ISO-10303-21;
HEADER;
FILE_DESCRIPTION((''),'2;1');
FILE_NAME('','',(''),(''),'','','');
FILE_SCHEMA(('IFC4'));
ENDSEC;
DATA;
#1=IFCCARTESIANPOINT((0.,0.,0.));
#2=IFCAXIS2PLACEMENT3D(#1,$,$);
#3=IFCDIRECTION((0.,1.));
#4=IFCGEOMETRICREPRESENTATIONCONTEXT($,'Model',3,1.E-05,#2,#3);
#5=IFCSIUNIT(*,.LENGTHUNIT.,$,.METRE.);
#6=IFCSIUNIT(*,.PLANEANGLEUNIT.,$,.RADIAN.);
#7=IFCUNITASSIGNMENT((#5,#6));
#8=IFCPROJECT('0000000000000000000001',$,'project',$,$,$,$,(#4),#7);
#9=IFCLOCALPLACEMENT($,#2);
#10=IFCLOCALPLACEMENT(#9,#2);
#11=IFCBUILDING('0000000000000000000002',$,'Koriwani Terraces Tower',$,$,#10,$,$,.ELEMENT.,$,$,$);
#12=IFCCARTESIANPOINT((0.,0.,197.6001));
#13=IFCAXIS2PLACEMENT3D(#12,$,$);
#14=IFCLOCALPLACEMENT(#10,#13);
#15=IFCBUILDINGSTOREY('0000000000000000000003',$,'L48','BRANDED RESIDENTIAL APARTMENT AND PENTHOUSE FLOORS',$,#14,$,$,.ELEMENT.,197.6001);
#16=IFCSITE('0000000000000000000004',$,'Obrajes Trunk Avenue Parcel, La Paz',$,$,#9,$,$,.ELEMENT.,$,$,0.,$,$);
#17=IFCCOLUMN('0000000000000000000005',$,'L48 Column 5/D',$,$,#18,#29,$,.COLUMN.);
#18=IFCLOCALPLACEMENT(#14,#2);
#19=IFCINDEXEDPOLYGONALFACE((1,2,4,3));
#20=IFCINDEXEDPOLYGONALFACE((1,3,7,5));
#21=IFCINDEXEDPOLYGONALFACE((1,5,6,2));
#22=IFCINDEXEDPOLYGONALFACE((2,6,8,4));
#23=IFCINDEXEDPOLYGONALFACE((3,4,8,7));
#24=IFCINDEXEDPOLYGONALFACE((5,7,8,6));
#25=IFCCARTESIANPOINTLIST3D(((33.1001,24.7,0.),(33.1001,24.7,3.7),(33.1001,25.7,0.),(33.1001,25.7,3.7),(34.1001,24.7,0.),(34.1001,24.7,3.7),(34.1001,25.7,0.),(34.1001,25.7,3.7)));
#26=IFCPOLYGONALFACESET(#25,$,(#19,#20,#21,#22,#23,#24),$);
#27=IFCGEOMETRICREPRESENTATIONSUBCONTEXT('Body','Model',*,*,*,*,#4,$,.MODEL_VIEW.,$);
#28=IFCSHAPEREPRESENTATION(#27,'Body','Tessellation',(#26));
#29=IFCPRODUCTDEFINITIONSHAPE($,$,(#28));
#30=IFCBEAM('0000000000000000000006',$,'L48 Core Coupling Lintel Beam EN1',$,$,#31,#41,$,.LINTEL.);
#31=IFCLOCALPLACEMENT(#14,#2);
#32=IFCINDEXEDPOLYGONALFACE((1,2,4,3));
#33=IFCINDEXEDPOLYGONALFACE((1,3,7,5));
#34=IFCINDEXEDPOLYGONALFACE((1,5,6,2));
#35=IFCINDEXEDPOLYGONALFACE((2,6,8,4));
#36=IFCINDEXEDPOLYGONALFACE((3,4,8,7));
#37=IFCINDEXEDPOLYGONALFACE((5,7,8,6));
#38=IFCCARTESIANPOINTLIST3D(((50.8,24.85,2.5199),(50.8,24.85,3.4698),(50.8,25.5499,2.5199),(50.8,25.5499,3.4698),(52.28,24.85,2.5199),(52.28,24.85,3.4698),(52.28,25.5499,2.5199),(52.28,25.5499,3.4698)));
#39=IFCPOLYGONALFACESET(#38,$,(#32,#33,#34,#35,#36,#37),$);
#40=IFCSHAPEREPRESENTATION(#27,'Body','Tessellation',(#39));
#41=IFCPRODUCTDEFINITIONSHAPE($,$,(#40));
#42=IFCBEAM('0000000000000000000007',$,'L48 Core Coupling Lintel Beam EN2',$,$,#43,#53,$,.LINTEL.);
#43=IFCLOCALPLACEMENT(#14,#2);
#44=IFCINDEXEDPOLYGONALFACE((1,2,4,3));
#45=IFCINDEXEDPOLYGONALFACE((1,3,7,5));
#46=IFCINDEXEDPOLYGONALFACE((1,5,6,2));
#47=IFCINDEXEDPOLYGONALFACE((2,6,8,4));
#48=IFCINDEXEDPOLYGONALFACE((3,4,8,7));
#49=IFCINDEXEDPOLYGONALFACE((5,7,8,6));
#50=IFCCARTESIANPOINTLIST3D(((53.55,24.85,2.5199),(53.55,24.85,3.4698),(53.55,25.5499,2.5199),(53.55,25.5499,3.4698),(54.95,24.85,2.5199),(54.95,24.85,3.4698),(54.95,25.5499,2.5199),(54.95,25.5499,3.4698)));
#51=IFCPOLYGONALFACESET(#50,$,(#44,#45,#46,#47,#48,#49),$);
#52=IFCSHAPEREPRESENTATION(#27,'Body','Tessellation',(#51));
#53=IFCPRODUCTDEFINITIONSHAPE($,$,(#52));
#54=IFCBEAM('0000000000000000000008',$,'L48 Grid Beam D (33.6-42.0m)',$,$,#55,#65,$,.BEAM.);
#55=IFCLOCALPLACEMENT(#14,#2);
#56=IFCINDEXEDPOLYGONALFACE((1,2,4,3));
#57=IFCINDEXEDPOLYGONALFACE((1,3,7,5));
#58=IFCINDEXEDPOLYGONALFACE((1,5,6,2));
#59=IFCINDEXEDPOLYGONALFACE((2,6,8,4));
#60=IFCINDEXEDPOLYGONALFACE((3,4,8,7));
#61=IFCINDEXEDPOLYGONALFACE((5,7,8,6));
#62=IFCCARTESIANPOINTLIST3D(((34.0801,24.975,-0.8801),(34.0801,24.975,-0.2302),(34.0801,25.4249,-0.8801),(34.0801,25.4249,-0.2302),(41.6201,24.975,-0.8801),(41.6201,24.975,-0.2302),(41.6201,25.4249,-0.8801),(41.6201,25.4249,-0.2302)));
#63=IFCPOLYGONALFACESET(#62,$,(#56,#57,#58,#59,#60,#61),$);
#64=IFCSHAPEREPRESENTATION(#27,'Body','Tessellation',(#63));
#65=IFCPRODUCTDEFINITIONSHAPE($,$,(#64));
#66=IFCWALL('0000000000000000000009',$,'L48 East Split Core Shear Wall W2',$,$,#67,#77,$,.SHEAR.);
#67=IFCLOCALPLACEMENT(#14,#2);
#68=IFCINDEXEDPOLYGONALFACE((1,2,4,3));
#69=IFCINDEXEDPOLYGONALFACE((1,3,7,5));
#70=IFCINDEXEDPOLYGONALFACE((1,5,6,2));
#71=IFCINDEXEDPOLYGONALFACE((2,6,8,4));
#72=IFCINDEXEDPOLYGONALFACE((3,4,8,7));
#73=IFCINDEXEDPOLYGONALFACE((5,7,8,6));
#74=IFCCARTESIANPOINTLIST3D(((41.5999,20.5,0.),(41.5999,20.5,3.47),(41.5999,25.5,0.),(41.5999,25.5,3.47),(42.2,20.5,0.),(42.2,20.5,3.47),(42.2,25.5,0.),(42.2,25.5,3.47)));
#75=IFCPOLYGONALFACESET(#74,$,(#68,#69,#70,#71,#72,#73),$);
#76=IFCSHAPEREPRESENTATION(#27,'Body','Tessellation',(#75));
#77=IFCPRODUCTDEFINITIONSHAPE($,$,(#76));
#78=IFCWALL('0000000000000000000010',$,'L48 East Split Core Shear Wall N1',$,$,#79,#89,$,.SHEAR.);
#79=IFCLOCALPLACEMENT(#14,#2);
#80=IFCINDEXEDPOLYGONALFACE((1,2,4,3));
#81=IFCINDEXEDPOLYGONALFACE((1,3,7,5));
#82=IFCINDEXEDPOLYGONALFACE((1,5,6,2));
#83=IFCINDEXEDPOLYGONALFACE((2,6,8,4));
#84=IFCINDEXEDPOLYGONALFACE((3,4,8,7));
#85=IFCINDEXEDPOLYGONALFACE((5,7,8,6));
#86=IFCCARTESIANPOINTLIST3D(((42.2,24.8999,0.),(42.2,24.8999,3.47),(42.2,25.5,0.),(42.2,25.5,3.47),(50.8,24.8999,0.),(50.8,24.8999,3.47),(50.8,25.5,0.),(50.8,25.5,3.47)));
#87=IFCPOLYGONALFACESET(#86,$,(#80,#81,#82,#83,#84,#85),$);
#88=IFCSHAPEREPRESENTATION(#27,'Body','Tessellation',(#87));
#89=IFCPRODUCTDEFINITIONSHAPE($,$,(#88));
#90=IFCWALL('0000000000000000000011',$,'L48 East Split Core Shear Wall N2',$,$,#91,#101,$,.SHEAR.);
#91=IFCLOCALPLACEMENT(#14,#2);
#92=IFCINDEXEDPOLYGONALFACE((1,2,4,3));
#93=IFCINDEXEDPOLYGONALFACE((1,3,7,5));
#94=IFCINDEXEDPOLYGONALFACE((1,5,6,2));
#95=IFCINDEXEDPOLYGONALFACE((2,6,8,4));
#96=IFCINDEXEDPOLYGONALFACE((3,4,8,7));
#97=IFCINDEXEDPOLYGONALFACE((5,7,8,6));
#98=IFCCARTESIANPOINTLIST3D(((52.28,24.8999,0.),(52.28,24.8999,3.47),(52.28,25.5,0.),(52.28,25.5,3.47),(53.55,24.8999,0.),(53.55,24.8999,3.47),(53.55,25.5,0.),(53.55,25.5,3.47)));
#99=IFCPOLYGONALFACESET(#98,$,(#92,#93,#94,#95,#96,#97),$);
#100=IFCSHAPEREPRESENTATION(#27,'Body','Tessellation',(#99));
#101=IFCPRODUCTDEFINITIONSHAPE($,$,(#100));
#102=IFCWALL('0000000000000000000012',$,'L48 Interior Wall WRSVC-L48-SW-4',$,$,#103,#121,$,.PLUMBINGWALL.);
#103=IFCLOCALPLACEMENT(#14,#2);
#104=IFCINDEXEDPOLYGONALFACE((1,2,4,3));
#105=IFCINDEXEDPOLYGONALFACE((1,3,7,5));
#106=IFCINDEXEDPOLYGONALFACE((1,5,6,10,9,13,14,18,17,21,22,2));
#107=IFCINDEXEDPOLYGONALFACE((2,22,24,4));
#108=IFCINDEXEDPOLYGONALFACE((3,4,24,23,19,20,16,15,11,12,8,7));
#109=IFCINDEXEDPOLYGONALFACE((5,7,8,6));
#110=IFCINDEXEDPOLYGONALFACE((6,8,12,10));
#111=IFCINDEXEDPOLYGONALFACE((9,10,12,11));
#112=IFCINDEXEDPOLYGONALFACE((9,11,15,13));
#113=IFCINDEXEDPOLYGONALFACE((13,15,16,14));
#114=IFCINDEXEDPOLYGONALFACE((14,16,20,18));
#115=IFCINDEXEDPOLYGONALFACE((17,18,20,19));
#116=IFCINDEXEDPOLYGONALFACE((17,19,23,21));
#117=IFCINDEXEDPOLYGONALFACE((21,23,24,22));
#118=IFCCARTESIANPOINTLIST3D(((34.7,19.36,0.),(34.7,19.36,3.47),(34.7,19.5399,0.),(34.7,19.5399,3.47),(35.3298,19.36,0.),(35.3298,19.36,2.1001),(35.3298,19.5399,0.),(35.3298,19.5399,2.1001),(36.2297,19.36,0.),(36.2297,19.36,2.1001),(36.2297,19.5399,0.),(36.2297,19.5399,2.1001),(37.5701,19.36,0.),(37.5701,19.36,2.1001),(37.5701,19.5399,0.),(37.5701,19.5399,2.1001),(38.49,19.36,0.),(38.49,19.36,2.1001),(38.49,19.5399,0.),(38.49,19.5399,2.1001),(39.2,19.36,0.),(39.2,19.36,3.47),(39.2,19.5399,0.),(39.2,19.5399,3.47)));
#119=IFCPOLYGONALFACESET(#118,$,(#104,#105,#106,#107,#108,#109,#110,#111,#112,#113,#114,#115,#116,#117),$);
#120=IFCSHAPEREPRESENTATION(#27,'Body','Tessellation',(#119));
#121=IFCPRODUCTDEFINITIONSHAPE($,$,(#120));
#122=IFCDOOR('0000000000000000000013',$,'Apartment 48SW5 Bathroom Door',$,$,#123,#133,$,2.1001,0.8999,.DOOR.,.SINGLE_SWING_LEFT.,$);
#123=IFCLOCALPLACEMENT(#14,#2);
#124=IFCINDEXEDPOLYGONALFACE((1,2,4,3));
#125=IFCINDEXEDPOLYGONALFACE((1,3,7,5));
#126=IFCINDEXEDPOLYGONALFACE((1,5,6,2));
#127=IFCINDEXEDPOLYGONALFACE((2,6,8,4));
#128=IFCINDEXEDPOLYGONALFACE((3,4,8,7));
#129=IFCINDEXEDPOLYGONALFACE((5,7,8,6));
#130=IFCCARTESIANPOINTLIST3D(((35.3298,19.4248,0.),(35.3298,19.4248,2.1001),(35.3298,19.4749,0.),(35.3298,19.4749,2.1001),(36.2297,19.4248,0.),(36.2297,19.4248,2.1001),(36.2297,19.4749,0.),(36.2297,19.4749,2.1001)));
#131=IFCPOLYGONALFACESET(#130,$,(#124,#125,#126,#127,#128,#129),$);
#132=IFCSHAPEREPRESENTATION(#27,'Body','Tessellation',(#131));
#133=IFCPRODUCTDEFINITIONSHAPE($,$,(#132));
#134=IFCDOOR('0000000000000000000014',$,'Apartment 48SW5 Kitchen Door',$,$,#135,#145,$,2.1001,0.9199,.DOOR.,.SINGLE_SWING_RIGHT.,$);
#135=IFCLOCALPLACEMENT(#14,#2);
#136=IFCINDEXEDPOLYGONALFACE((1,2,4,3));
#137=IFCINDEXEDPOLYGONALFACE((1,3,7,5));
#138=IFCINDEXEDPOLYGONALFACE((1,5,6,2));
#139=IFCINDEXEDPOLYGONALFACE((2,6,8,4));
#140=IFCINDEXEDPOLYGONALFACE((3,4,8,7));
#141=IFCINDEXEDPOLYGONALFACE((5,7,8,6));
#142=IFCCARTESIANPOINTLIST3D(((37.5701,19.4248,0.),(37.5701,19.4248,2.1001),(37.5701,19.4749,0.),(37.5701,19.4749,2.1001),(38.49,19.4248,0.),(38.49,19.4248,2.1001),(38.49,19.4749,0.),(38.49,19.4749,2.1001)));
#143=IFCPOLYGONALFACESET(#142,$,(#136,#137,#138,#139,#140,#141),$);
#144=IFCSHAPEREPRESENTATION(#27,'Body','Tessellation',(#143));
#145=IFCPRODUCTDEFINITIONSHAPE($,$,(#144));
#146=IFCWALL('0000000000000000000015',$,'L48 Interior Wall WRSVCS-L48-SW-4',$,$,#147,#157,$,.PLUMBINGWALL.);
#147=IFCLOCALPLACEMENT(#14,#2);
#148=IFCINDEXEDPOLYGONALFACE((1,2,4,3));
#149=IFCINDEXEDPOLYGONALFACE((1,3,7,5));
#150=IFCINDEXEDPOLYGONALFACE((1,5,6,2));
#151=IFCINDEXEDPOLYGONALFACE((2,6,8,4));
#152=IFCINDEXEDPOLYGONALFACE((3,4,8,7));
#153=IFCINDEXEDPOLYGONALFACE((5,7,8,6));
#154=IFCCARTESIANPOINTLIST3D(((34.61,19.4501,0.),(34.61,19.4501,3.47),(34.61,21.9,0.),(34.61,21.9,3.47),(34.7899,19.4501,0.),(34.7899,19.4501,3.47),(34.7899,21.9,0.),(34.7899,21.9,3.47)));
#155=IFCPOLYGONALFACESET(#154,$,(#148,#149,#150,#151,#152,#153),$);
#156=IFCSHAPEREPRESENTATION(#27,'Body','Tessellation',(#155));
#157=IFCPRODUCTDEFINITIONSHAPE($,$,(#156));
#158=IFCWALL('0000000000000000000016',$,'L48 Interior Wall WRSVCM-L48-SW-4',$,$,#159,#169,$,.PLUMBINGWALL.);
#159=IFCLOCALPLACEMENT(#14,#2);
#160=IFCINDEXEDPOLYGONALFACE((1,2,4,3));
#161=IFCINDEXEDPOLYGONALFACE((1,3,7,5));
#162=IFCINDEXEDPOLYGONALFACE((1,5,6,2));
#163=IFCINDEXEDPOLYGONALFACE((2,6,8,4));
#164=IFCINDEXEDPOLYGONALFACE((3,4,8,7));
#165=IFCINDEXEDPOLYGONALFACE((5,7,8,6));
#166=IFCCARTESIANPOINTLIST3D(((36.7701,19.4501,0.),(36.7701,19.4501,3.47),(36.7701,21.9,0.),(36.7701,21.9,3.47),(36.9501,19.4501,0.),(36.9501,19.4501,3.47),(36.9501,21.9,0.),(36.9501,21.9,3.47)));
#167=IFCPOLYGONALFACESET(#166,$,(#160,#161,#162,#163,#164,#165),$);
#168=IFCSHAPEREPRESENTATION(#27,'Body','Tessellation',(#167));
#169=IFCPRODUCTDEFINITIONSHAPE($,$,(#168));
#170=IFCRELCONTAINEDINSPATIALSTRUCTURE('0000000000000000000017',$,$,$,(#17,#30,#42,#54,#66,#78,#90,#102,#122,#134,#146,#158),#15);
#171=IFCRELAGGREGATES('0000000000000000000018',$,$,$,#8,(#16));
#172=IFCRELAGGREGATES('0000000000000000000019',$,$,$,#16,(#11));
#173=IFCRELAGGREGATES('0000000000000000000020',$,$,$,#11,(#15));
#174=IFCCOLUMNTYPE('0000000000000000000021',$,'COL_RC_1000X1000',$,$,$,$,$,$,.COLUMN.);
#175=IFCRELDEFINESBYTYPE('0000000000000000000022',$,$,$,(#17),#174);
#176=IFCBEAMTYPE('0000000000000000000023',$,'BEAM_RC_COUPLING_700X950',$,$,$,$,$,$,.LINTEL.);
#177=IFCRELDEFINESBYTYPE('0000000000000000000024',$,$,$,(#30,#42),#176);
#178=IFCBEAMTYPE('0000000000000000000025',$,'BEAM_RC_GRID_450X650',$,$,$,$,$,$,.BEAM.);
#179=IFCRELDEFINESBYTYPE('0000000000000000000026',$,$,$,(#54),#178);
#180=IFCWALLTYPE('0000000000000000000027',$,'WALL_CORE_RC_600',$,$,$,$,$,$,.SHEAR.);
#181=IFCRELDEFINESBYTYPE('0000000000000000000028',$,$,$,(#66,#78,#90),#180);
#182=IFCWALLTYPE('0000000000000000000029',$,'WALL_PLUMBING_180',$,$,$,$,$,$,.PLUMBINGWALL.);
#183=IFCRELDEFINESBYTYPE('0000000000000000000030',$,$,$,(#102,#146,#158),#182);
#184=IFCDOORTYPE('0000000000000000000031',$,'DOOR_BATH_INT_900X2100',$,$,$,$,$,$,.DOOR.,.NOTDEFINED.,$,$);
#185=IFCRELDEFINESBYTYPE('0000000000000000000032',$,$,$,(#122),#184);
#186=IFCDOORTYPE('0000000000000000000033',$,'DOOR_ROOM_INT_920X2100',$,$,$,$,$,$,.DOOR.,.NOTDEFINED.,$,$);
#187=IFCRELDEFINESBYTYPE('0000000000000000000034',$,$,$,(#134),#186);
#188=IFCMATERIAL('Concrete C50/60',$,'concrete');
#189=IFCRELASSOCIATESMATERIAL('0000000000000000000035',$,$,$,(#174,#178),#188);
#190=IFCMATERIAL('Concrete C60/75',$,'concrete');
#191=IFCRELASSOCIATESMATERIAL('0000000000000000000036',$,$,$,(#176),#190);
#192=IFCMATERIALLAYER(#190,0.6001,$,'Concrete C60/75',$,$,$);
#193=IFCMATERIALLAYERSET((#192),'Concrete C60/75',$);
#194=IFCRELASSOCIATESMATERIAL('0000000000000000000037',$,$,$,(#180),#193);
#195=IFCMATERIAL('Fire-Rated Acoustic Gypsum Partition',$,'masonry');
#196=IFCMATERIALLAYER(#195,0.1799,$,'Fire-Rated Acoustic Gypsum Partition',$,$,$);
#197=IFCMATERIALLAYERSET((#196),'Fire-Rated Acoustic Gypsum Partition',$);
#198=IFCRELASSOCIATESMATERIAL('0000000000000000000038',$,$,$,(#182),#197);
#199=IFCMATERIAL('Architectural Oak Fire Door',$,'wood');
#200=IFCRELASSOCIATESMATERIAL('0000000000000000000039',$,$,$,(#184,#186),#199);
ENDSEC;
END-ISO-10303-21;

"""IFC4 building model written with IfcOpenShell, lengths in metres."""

from ifc_helpers import new_model, si_unit, direction, frame, frame_2d, origin, origin_2d, place, context, subcontext, project, spatial, rectangle, extrude, material, layer, layer_set, material_profile, profile_set, type_object, element, fill, save


model = new_model("IFC4")

# Units and contexts
model_context = context("Model", 3, precision=1e-05, world=origin(), true_north=direction((0.0, 1.0)))
body_context = subcontext(model_context, "Body", "Model", "MODEL_VIEW")
ifc_project = project(units=[si_unit("LENGTHUNIT", "METRE"), si_unit("PLANEANGLEUNIT", "RADIAN")], contexts=[model_context])

# Site, building, storey
site_placement = place(None, origin())
site = spatial("IfcSite", under=ifc_project, at=site_placement, Name="Obrajes Trunk Avenue Parcel, La Paz", CompositionType="ELEMENT", RefElevation=0.0)
building_placement = place(site_placement, origin())
building = spatial("IfcBuilding", under=site, at=building_placement, Name="Koriwani Terraces Tower", CompositionType="ELEMENT")
storey_placement = place(building_placement, frame((0.0, 0.0, 197.6001)))
storey = spatial("IfcBuildingStorey", under=building, at=storey_placement, Name="L48", Description="BRANDED RESIDENTIAL APARTMENT AND PENTHOUSE FLOORS", CompositionType="ELEMENT", Elevation=197.6001)

# Column
ifc_material_1 = material(Name="Concrete C50/60", Category="concrete")
ifc_material_profile_1 = material_profile(ifc_material_1, rectangle(XDim=1.0, YDim=1.0, at=origin_2d()), Name="Concrete C50/60", Category="LoadBearing")
ifc_profile_set_1 = profile_set([ifc_material_profile_1], Name="Concrete C50/60")
column_type = type_object("IfcColumnType", Name="COL_RC_1000X1000", PredefinedType="COLUMN", material=ifc_profile_set_1)
column_placement = place(storey_placement, frame((33.6001, 25.2, 0.0), z_axis=(0.0, 0.0, 1.0), x_axis=(1.0, 0.0, 0.0)))
element("IfcColumn", 1, at=column_placement, inside=storey, type_object=column_type, Name="L48 Column 5/D", PredefinedType="COLUMN", context=body_context, shape_type="SweptSolid", body=[
    extrude(rectangle(XDim=1.0, YDim=1.0, at=origin_2d()), origin(), (0.0, 0.0, 1.0), 3.7),
])

# Beams
ifc_material_2 = material(Name="Concrete C60/75", Category="concrete")
ifc_material_profile_2 = material_profile(ifc_material_2, rectangle(XDim=0.7, YDim=0.95, at=origin_2d()), Name="Concrete C60/75", Category="LoadBearing")
ifc_profile_set_2 = profile_set([ifc_material_profile_2], Name="Concrete C60/75")
beam_type_1 = type_object("IfcBeamType", Name="BEAM_RC_COUPLING_700X950", PredefinedType="LINTEL", material=ifc_profile_set_2)
beam_1_placement = place(storey_placement, frame((50.8, 25.2, 2.9949), z_axis=(1.0, 0.0, 0.0), x_axis=(0.0, 1.0, 0.0)))
element("IfcBeam", 2, at=beam_1_placement, inside=storey, type_object=beam_type_1, Name="L48 Core Coupling Lintel Beam EN1", PredefinedType="LINTEL", context=body_context, shape_type="SweptSolid", body=[
    extrude(rectangle(XDim=0.7, YDim=0.95, at=origin_2d()), origin(), (0.0, 0.0, 1.0), 1.48),
])
beam_2_placement = place(storey_placement, frame((53.55, 25.2, 2.9949), z_axis=(1.0, 0.0, 0.0), x_axis=(0.0, 1.0, 0.0)))
element("IfcBeam", 3, at=beam_2_placement, inside=storey, type_object=beam_type_1, Name="L48 Core Coupling Lintel Beam EN2", PredefinedType="LINTEL", context=body_context, shape_type="SweptSolid", body=[
    extrude(rectangle(XDim=0.7, YDim=0.95, at=origin_2d()), origin(), (0.0, 0.0, 1.0), 1.3999),
])
ifc_material_profile_3 = material_profile(ifc_material_1, rectangle(XDim=0.45, YDim=0.6499, at=origin_2d()), Name="Concrete C50/60", Category="LoadBearing")
ifc_profile_set_3 = profile_set([ifc_material_profile_3], Name="Concrete C50/60")
beam_type_2 = type_object("IfcBeamType", Name="BEAM_RC_GRID_450X650", PredefinedType="BEAM", material=ifc_profile_set_3)
beam_3_placement = place(storey_placement, frame((34.0801, 25.2, -0.5552), z_axis=(1.0, 0.0, 0.0), x_axis=(0.0, 1.0, 0.0)))
element("IfcBeam", 4, at=beam_3_placement, inside=storey, type_object=beam_type_2, Name="L48 Grid Beam D (33.6-42.0m)", PredefinedType="BEAM", context=body_context, shape_type="SweptSolid", body=[
    extrude(rectangle(XDim=0.45, YDim=0.6499, at=origin_2d()), origin(), (0.0, 0.0, 1.0), 7.54),
])

# Walls
ifc_layer_1 = layer(ifc_material_2, 0.6001, Name="Concrete C60/75")
ifc_layer_set_1 = layer_set([ifc_layer_1], Name="Concrete C60/75")
wall_type_1 = type_object("IfcWallType", Name="WALL_CORE_RC_600", PredefinedType="SHEAR", material=ifc_layer_set_1)
wall_1_placement = place(storey_placement, frame((41.8999, 20.5, 0.0), z_axis=(0.0, 0.0, 1.0), x_axis=(0.0, 1.0, 0.0)))
element("IfcWall", 5, at=wall_1_placement, inside=storey, type_object=wall_type_1, Name="L48 East Split Core Shear Wall W2", PredefinedType="SHEAR", context=body_context, shape_type="SweptSolid", body=[
    extrude(rectangle(XDim=5.0, YDim=0.6001, at=frame_2d((2.5, 0.0))), origin(), (0.0, 0.0, 1.0), 3.47),
])
wall_2_placement = place(storey_placement, frame((42.2, 25.2, 0.0), z_axis=(0.0, 0.0, 1.0), x_axis=(1.0, 0.0, 0.0)))
element("IfcWall", 6, at=wall_2_placement, inside=storey, type_object=wall_type_1, Name="L48 East Split Core Shear Wall N1", PredefinedType="SHEAR", context=body_context, shape_type="SweptSolid", body=[
    extrude(rectangle(XDim=8.6001, YDim=0.6001, at=frame_2d((4.3, 0.0))), origin(), (0.0, 0.0, 1.0), 3.47),
])
wall_3_placement = place(storey_placement, frame((52.28, 25.2, 0.0), z_axis=(0.0, 0.0, 1.0), x_axis=(1.0, 0.0, 0.0)))
element("IfcWall", 7, at=wall_3_placement, inside=storey, type_object=wall_type_1, Name="L48 East Split Core Shear Wall N2", PredefinedType="SHEAR", context=body_context, shape_type="SweptSolid", body=[
    extrude(rectangle(XDim=1.27, YDim=0.6001, at=frame_2d((0.635, 0.0))), origin(), (0.0, 0.0, 1.0), 3.47),
])

# Wall, openings, doors
ifc_material_3 = material(Name="Fire-Rated Acoustic Gypsum Partition", Category="masonry")
ifc_layer_2 = layer(ifc_material_3, 0.1799, Name="Fire-Rated Acoustic Gypsum Partition")
ifc_layer_set_2 = layer_set([ifc_layer_2], Name="Fire-Rated Acoustic Gypsum Partition")
wall_type_2 = type_object("IfcWallType", Name="WALL_PLUMBING_180", PredefinedType="PLUMBINGWALL", material=ifc_layer_set_2)
wall_4_placement = place(storey_placement, frame((34.7, 19.45, 0.0), z_axis=(0.0, 0.0, 1.0), x_axis=(1.0, 0.0, 0.0)))
wall_4 = element("IfcWall", 8, at=wall_4_placement, inside=storey, type_object=wall_type_2, Name="L48 Interior Wall WRSVC-L48-SW-4", PredefinedType="PLUMBINGWALL", context=body_context, shape_type="SweptSolid", body=[
    extrude(rectangle(XDim=4.5, YDim=0.1799, at=frame_2d((2.25, 0.0))), origin(), (0.0, 0.0, 1.0), 3.47),
])
opening_1_placement = place(wall_4_placement, frame((0.6299, 0.0, 0.0)))
opening_1 = element("IfcOpeningElement", 9, at=opening_1_placement, cuts=wall_4, PredefinedType="OPENING", context=body_context, shape_type="SweptSolid", body=[
    extrude(rectangle(XDim=0.8999, YDim=2.1001, at=frame_2d((0.45, 1.05))), frame((0.0, 0.1001, 0.0), z_axis=(0.0, -1.0, 0.0), x_axis=(1.0, 0.0, 0.0)), (0.0, 0.0, 1.0), 0.2),
])
opening_2_placement = place(wall_4_placement, frame((2.8701, 0.0, 0.0)))
opening_2 = element("IfcOpeningElement", 10, at=opening_2_placement, cuts=wall_4, PredefinedType="OPENING", context=body_context, shape_type="SweptSolid", body=[
    extrude(rectangle(XDim=0.9199, YDim=2.1001, at=frame_2d((0.46, 1.05))), frame((0.0, 0.1001, 0.0), z_axis=(0.0, -1.0, 0.0), x_axis=(1.0, 0.0, 0.0)), (0.0, 0.0, 1.0), 0.2),
])
ifc_material_4 = material(Name="Architectural Oak Fire Door", Category="wood")
door_type_1 = type_object("IfcDoorType", Name="DOOR_BATH_INT_900X2100", OperationType="NOTDEFINED", PredefinedType="DOOR", material=ifc_material_4)
door_1_placement = place(opening_1_placement, origin())
door_1 = element("IfcDoor", 11, at=door_1_placement, inside=storey, type_object=door_type_1, Name="Apartment 48SW5 Bathroom Door", OperationType="SINGLE_SWING_LEFT", OverallHeight=2.1001, OverallWidth=0.8999, PredefinedType="DOOR", context=body_context, shape_type="SweptSolid", body=[
    extrude(rectangle(XDim=0.8999, YDim=2.1001, at=frame_2d((0.45, 1.05))), frame((0.0, 0.0249, 0.0), z_axis=(0.0, -1.0, 0.0), x_axis=(1.0, 0.0, 0.0)), (0.0, 0.0, 1.0), 0.05),
])
fill(opening_1, door_1)
door_type_2 = type_object("IfcDoorType", Name="DOOR_ROOM_INT_920X2100", OperationType="NOTDEFINED", PredefinedType="DOOR", material=ifc_material_4)
door_2_placement = place(opening_2_placement, origin())
door_2 = element("IfcDoor", 12, at=door_2_placement, inside=storey, type_object=door_type_2, Name="Apartment 48SW5 Kitchen Door", OperationType="SINGLE_SWING_RIGHT", OverallHeight=2.1001, OverallWidth=0.9199, PredefinedType="DOOR", context=body_context, shape_type="SweptSolid", body=[
    extrude(rectangle(XDim=0.9199, YDim=2.1001, at=frame_2d((0.46, 1.05))), frame((0.0, 0.0249, 0.0), z_axis=(0.0, -1.0, 0.0), x_axis=(1.0, 0.0, 0.0)), (0.0, 0.0, 1.0), 0.05),
])
fill(opening_2, door_2)

# Walls
for number, where, z_axis, x_axis, name in (
    (13, (34.7, 19.45, 0.0), (0.0, 0.0, 1.0), (0.0, 1.0, 0.0), "L48 Interior Wall WRSVCS-L48-SW-4"),
    (14, (36.8601, 19.45, 0.0), (0.0, 0.0, 1.0), (0.0, 1.0, 0.0), "L48 Interior Wall WRSVCM-L48-SW-4"),
):
    element("IfcWall", number, at=place(storey_placement, frame(where, z_axis=z_axis, x_axis=x_axis)), inside=storey, type_object=wall_type_2, Name=name, PredefinedType="PLUMBINGWALL", context=body_context, shape_type="SweptSolid", body=[
        extrude(rectangle(XDim=2.45, YDim=0.1799, at=frame_2d((1.2251, 0.0))), origin(), (0.0, 0.0, 1.0), 3.47),
    ])

save(model, "model.ifc")
